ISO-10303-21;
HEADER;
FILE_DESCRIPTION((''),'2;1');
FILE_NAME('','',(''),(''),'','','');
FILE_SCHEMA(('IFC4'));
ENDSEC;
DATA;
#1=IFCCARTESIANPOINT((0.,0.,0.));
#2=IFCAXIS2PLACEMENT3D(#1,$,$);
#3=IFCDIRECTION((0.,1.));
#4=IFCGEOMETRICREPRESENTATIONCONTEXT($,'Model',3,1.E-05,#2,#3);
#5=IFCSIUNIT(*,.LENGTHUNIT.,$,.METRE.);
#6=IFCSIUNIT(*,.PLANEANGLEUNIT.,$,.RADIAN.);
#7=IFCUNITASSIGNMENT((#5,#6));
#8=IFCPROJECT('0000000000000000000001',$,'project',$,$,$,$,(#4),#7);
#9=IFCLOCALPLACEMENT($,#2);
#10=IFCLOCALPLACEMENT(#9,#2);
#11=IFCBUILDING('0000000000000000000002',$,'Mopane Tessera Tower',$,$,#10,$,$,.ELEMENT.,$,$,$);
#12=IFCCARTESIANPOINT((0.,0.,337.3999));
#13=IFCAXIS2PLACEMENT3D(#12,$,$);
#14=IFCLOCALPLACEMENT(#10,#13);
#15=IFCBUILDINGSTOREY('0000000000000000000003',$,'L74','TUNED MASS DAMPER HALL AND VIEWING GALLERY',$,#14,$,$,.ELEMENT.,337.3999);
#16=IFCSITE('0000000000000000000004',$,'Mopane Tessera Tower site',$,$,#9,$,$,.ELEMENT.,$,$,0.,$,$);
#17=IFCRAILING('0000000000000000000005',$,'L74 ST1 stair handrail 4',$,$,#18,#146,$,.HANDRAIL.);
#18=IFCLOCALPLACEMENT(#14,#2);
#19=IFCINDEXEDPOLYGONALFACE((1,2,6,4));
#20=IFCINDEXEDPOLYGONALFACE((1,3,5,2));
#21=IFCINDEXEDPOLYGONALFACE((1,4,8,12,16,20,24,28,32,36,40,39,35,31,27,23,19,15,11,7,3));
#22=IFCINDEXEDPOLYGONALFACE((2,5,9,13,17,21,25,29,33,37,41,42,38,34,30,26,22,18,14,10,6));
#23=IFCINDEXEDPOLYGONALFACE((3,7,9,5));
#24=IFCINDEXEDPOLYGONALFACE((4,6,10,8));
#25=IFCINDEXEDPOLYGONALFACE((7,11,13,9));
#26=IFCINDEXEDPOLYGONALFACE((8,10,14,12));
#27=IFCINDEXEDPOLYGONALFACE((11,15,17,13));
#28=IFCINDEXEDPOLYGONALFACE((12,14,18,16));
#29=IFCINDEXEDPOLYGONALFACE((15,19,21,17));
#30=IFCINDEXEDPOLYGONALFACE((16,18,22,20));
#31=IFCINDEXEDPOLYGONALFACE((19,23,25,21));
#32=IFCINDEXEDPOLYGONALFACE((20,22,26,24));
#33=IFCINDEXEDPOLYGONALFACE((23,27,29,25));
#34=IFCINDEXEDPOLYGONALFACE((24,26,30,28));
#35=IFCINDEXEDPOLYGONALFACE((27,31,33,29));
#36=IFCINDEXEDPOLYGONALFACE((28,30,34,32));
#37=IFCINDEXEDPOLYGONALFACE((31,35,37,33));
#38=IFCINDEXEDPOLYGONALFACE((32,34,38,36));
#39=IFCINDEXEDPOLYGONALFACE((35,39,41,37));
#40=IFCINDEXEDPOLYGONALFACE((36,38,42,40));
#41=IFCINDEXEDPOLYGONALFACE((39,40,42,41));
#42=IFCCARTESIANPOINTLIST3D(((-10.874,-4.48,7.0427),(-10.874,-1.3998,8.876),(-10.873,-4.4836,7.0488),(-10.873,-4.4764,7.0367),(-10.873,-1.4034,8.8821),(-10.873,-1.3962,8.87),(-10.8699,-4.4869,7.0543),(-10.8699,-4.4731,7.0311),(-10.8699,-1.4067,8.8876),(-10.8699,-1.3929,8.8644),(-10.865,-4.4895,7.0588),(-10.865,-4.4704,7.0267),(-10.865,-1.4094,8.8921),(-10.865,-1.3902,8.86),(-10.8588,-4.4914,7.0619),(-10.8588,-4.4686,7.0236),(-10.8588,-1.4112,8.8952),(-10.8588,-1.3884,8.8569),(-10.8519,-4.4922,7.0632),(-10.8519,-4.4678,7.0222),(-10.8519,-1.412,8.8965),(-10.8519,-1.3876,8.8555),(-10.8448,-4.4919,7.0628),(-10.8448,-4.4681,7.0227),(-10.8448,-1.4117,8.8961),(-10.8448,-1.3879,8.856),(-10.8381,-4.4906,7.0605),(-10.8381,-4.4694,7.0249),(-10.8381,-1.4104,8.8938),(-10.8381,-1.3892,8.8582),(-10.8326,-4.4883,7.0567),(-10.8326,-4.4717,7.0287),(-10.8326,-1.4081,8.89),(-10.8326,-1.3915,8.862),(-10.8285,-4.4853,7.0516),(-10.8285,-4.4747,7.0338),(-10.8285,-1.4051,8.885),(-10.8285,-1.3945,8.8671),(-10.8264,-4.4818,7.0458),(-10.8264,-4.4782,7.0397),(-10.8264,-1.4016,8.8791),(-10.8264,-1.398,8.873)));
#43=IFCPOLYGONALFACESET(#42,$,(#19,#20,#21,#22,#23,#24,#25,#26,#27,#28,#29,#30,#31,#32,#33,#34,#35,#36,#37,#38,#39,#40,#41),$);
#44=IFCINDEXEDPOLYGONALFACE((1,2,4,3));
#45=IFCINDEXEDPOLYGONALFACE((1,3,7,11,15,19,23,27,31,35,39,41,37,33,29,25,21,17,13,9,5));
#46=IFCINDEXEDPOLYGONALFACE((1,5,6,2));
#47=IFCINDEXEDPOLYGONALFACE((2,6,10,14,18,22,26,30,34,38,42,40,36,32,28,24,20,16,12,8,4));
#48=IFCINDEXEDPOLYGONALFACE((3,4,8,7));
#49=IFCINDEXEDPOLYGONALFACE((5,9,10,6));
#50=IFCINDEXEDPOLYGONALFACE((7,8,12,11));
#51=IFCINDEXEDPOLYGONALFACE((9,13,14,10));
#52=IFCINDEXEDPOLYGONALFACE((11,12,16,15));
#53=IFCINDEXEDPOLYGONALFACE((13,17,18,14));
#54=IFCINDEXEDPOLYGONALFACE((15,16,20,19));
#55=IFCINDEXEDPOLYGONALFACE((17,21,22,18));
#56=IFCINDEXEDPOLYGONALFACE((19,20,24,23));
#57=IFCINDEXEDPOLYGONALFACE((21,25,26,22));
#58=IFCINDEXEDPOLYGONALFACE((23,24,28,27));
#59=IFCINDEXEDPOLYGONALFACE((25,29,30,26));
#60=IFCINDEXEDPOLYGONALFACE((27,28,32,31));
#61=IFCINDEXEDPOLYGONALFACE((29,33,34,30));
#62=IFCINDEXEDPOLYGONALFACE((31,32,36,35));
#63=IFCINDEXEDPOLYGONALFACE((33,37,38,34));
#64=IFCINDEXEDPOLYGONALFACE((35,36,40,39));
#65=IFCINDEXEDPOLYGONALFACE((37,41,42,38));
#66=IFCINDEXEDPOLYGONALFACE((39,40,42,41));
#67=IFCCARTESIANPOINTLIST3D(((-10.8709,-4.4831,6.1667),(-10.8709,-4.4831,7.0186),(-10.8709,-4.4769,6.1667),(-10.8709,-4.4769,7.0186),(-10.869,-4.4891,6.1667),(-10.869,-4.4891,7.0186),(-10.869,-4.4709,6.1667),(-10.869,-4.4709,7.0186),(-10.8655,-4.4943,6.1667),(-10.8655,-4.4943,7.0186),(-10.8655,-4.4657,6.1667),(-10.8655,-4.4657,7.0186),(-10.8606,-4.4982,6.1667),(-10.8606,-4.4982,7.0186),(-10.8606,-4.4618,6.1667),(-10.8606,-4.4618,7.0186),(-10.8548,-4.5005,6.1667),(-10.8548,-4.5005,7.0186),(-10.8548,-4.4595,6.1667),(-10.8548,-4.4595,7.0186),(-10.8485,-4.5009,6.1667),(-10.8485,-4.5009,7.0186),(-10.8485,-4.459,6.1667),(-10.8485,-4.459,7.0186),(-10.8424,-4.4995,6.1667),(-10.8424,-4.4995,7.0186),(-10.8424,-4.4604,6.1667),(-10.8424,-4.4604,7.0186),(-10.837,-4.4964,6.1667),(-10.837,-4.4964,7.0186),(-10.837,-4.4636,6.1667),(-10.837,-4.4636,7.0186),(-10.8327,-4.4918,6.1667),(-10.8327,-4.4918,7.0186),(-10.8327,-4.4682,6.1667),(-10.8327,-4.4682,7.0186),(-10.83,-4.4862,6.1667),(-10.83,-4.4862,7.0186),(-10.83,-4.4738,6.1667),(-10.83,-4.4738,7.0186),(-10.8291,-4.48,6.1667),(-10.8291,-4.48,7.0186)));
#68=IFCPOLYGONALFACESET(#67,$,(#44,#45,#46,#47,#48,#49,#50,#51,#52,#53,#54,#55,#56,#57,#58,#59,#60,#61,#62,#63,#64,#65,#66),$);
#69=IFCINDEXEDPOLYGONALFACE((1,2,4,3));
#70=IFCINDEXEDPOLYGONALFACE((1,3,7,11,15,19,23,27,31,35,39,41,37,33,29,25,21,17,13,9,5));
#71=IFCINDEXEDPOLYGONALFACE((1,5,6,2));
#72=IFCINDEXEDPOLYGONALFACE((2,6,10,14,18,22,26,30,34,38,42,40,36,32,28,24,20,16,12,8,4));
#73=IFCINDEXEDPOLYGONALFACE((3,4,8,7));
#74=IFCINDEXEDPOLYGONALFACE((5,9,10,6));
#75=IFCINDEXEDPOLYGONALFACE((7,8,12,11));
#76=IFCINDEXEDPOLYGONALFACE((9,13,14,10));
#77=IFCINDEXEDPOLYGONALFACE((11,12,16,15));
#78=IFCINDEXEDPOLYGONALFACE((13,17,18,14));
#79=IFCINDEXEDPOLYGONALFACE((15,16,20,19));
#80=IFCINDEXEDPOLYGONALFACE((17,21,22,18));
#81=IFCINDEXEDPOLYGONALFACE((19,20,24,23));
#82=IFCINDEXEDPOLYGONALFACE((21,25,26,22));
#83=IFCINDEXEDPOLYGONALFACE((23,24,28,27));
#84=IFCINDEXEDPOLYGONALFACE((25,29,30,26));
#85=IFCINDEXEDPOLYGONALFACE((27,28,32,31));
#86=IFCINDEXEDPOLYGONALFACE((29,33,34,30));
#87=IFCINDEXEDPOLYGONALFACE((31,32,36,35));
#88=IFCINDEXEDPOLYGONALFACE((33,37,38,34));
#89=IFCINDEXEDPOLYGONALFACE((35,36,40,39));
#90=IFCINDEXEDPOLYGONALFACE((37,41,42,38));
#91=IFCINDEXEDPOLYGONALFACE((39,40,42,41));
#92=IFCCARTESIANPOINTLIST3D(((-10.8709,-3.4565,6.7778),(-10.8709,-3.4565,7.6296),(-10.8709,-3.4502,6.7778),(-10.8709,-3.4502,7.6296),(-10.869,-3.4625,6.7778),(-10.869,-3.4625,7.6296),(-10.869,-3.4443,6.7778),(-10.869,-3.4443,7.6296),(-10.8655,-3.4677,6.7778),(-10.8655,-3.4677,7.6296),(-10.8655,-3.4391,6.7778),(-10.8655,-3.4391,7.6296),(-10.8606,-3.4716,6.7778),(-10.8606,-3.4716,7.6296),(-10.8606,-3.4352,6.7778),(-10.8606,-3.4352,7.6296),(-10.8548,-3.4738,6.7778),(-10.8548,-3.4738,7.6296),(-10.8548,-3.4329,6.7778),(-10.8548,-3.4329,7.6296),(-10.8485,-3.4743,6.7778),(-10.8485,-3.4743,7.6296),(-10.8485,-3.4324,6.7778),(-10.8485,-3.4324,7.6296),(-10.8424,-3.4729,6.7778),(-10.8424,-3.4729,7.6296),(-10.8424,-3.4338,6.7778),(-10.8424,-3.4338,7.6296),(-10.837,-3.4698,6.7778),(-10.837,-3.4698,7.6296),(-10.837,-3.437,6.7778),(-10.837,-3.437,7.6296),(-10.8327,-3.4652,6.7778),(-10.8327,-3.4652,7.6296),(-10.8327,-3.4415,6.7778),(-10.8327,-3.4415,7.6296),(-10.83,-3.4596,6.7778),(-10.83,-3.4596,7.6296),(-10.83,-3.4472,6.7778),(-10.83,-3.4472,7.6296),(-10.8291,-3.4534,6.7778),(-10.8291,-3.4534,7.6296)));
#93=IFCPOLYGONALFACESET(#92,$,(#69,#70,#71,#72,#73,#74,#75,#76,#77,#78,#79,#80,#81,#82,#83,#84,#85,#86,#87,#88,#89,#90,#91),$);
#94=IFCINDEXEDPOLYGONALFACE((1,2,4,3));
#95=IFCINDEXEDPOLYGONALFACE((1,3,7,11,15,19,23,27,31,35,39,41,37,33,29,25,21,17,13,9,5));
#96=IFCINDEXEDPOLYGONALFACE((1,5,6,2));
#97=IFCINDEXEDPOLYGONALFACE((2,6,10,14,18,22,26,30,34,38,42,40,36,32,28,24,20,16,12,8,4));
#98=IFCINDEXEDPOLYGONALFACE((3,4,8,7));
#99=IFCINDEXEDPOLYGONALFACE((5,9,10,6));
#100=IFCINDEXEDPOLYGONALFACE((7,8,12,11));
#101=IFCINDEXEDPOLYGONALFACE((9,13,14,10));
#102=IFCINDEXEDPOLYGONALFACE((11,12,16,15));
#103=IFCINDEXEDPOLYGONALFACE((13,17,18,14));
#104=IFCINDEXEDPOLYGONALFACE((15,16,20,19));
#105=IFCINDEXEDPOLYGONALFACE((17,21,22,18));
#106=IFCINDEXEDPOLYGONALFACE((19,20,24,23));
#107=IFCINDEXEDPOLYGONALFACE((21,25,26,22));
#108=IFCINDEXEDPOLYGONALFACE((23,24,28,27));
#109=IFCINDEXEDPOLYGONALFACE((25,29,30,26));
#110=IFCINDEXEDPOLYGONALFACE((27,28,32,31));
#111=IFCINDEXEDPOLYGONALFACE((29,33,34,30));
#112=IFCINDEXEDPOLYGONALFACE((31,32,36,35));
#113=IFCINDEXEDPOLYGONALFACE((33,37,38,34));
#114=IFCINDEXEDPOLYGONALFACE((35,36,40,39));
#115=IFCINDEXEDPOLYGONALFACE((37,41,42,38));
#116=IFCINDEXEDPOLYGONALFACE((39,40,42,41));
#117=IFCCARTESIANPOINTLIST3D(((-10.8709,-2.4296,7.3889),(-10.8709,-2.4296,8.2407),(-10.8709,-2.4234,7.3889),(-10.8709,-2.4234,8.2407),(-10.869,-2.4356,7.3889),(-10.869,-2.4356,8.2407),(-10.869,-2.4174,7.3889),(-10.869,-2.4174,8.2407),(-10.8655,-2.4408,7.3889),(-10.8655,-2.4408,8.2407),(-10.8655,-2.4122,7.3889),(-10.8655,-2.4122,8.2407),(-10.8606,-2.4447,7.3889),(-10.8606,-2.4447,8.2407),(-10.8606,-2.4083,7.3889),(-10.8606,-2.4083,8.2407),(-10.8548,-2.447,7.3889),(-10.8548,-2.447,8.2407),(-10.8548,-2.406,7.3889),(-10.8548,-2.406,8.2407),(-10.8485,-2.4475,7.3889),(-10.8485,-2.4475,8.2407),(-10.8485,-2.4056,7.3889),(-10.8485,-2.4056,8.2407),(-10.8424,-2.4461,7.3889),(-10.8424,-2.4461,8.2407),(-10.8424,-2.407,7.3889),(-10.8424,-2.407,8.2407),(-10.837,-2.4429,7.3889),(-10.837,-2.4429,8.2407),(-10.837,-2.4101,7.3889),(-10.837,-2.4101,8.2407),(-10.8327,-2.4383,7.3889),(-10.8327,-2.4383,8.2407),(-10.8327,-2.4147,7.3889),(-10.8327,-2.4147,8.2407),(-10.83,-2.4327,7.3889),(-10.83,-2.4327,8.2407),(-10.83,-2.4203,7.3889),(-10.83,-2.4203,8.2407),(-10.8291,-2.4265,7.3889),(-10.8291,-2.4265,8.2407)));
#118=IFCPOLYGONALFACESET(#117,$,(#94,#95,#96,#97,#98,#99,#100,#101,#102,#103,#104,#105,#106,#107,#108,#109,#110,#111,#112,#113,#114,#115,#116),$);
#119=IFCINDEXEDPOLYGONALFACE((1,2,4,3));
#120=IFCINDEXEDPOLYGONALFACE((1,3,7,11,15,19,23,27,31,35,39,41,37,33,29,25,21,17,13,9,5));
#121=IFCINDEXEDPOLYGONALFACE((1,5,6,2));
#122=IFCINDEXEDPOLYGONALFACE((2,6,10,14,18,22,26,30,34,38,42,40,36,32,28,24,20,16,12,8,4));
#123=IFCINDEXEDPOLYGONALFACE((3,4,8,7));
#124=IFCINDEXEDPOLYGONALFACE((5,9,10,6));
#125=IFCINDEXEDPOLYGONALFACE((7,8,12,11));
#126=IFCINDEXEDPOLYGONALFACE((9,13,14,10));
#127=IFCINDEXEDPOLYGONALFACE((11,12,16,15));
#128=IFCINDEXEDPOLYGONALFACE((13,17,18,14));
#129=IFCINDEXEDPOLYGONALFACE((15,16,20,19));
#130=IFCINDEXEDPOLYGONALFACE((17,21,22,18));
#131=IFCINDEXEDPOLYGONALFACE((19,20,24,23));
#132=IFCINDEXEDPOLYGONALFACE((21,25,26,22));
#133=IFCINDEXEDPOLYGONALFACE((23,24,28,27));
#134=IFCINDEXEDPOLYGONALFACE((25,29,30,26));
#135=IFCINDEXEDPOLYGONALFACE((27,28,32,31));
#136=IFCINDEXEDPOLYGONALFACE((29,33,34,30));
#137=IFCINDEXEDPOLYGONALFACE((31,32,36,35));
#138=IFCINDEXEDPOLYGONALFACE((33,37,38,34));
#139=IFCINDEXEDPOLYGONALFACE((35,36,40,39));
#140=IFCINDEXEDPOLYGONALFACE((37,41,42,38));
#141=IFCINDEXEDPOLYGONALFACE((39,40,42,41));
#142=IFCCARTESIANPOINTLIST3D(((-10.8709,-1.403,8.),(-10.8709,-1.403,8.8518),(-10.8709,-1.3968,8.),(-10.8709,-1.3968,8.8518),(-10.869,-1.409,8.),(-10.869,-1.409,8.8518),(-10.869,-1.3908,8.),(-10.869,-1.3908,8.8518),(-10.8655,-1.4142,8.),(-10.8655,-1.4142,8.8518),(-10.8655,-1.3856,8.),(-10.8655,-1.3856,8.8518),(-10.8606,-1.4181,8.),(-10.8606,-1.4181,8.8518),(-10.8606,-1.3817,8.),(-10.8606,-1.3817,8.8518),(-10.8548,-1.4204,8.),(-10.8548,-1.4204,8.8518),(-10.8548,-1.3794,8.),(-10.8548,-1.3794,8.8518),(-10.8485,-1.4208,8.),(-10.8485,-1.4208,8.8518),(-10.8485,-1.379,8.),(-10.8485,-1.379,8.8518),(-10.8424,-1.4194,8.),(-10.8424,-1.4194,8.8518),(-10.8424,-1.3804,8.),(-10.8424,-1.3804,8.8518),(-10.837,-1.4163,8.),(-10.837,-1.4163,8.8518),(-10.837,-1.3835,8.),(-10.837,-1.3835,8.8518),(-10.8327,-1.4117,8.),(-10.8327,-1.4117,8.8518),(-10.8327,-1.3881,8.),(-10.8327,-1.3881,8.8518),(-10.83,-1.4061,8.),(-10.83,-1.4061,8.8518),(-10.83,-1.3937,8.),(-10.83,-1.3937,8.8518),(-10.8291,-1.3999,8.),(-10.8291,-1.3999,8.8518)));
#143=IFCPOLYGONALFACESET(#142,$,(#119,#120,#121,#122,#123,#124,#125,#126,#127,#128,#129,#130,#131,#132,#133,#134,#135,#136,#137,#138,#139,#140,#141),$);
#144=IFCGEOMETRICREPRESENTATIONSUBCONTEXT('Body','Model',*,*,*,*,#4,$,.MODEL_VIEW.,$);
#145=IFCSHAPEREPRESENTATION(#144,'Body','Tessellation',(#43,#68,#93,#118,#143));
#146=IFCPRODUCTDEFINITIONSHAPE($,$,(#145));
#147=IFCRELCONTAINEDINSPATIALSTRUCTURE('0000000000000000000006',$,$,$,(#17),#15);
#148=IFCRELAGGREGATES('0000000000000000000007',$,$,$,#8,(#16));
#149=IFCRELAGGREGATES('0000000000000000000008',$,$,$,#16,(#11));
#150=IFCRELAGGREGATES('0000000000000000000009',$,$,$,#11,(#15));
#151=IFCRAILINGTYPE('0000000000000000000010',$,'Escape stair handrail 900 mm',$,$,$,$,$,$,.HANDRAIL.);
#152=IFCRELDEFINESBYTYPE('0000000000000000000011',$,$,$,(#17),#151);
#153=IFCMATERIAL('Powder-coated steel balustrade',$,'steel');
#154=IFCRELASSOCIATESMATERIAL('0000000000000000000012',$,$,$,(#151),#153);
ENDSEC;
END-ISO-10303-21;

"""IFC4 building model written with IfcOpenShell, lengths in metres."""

from ifc_helpers import new_model, si_unit, direction, frame, origin, origin_2d, place, context, subcontext, project, spatial, circle, extrude, material, type_object, element, save


model = new_model("IFC4")

# Units and contexts
model_context = context("Model", 3, precision=1e-05, world=origin(), true_north=direction((0.0, 1.0)))
body_context = subcontext(model_context, "Body", "Model", "MODEL_VIEW")
ifc_project = project(units=[si_unit("LENGTHUNIT", "METRE"), si_unit("PLANEANGLEUNIT", "RADIAN")], contexts=[model_context])

# Site, building, storey
site_placement = place(None, origin())
site = spatial("IfcSite", under=ifc_project, at=site_placement, Name="Mopane Tessera Tower site", CompositionType="ELEMENT", RefElevation=0.0)
building_placement = place(site_placement, origin())
building = spatial("IfcBuilding", under=site, at=building_placement, Name="Mopane Tessera Tower", CompositionType="ELEMENT")
storey_placement = place(building_placement, frame((0.0, 0.0, 337.3999)))
storey = spatial("IfcBuildingStorey", under=building, at=storey_placement, Name="L74", Description="TUNED MASS DAMPER HALL AND VIEWING GALLERY", CompositionType="ELEMENT", Elevation=337.3999)

# Railing
ifc_material_1 = material(Name="Powder-coated steel balustrade", Category="steel")
railing_type = type_object("IfcRailingType", Name="Escape stair handrail 900 mm", PredefinedType="HANDRAIL", material=ifc_material_1)
for number, where, name in (
    (1, (-10.8501, -4.48, 6.1667), "L74 ST1 stair handrail 4"),
):
    element("IfcRailing", number, at=place(storey_placement, frame(where)), inside=storey, type_object=railing_type, Name=name, PredefinedType="HANDRAIL", context=body_context, shape_type="SweptSolid", body=[
        extrude(circle(Radius=0.0239, at=origin_2d()), frame((0.0, 0.0, 0.876), z_axis=(0.0, 0.859309, 0.511458), x_axis=(-1.0, 0.0, 0.0)), (0.0, 0.0, 1.0), 3.5845),
        extrude(circle(Radius=0.021, at=origin_2d()), origin(), (0.0, 0.0, 1.0), 0.8518),
        extrude(circle(Radius=0.021, at=origin_2d()), frame((0.0, 1.0266, 0.6111)), (0.0, 0.0, 1.0), 0.8518),
        extrude(circle(Radius=0.021, at=origin_2d()), frame((0.0, 2.0535, 1.2222)), (0.0, 0.0, 1.0), 0.8518),
        extrude(circle(Radius=0.021, at=origin_2d()), frame((0.0, 3.0801, 1.8333)), (0.0, 0.0, 1.0), 0.8518),
    ])

save(model, "model.ifc")
